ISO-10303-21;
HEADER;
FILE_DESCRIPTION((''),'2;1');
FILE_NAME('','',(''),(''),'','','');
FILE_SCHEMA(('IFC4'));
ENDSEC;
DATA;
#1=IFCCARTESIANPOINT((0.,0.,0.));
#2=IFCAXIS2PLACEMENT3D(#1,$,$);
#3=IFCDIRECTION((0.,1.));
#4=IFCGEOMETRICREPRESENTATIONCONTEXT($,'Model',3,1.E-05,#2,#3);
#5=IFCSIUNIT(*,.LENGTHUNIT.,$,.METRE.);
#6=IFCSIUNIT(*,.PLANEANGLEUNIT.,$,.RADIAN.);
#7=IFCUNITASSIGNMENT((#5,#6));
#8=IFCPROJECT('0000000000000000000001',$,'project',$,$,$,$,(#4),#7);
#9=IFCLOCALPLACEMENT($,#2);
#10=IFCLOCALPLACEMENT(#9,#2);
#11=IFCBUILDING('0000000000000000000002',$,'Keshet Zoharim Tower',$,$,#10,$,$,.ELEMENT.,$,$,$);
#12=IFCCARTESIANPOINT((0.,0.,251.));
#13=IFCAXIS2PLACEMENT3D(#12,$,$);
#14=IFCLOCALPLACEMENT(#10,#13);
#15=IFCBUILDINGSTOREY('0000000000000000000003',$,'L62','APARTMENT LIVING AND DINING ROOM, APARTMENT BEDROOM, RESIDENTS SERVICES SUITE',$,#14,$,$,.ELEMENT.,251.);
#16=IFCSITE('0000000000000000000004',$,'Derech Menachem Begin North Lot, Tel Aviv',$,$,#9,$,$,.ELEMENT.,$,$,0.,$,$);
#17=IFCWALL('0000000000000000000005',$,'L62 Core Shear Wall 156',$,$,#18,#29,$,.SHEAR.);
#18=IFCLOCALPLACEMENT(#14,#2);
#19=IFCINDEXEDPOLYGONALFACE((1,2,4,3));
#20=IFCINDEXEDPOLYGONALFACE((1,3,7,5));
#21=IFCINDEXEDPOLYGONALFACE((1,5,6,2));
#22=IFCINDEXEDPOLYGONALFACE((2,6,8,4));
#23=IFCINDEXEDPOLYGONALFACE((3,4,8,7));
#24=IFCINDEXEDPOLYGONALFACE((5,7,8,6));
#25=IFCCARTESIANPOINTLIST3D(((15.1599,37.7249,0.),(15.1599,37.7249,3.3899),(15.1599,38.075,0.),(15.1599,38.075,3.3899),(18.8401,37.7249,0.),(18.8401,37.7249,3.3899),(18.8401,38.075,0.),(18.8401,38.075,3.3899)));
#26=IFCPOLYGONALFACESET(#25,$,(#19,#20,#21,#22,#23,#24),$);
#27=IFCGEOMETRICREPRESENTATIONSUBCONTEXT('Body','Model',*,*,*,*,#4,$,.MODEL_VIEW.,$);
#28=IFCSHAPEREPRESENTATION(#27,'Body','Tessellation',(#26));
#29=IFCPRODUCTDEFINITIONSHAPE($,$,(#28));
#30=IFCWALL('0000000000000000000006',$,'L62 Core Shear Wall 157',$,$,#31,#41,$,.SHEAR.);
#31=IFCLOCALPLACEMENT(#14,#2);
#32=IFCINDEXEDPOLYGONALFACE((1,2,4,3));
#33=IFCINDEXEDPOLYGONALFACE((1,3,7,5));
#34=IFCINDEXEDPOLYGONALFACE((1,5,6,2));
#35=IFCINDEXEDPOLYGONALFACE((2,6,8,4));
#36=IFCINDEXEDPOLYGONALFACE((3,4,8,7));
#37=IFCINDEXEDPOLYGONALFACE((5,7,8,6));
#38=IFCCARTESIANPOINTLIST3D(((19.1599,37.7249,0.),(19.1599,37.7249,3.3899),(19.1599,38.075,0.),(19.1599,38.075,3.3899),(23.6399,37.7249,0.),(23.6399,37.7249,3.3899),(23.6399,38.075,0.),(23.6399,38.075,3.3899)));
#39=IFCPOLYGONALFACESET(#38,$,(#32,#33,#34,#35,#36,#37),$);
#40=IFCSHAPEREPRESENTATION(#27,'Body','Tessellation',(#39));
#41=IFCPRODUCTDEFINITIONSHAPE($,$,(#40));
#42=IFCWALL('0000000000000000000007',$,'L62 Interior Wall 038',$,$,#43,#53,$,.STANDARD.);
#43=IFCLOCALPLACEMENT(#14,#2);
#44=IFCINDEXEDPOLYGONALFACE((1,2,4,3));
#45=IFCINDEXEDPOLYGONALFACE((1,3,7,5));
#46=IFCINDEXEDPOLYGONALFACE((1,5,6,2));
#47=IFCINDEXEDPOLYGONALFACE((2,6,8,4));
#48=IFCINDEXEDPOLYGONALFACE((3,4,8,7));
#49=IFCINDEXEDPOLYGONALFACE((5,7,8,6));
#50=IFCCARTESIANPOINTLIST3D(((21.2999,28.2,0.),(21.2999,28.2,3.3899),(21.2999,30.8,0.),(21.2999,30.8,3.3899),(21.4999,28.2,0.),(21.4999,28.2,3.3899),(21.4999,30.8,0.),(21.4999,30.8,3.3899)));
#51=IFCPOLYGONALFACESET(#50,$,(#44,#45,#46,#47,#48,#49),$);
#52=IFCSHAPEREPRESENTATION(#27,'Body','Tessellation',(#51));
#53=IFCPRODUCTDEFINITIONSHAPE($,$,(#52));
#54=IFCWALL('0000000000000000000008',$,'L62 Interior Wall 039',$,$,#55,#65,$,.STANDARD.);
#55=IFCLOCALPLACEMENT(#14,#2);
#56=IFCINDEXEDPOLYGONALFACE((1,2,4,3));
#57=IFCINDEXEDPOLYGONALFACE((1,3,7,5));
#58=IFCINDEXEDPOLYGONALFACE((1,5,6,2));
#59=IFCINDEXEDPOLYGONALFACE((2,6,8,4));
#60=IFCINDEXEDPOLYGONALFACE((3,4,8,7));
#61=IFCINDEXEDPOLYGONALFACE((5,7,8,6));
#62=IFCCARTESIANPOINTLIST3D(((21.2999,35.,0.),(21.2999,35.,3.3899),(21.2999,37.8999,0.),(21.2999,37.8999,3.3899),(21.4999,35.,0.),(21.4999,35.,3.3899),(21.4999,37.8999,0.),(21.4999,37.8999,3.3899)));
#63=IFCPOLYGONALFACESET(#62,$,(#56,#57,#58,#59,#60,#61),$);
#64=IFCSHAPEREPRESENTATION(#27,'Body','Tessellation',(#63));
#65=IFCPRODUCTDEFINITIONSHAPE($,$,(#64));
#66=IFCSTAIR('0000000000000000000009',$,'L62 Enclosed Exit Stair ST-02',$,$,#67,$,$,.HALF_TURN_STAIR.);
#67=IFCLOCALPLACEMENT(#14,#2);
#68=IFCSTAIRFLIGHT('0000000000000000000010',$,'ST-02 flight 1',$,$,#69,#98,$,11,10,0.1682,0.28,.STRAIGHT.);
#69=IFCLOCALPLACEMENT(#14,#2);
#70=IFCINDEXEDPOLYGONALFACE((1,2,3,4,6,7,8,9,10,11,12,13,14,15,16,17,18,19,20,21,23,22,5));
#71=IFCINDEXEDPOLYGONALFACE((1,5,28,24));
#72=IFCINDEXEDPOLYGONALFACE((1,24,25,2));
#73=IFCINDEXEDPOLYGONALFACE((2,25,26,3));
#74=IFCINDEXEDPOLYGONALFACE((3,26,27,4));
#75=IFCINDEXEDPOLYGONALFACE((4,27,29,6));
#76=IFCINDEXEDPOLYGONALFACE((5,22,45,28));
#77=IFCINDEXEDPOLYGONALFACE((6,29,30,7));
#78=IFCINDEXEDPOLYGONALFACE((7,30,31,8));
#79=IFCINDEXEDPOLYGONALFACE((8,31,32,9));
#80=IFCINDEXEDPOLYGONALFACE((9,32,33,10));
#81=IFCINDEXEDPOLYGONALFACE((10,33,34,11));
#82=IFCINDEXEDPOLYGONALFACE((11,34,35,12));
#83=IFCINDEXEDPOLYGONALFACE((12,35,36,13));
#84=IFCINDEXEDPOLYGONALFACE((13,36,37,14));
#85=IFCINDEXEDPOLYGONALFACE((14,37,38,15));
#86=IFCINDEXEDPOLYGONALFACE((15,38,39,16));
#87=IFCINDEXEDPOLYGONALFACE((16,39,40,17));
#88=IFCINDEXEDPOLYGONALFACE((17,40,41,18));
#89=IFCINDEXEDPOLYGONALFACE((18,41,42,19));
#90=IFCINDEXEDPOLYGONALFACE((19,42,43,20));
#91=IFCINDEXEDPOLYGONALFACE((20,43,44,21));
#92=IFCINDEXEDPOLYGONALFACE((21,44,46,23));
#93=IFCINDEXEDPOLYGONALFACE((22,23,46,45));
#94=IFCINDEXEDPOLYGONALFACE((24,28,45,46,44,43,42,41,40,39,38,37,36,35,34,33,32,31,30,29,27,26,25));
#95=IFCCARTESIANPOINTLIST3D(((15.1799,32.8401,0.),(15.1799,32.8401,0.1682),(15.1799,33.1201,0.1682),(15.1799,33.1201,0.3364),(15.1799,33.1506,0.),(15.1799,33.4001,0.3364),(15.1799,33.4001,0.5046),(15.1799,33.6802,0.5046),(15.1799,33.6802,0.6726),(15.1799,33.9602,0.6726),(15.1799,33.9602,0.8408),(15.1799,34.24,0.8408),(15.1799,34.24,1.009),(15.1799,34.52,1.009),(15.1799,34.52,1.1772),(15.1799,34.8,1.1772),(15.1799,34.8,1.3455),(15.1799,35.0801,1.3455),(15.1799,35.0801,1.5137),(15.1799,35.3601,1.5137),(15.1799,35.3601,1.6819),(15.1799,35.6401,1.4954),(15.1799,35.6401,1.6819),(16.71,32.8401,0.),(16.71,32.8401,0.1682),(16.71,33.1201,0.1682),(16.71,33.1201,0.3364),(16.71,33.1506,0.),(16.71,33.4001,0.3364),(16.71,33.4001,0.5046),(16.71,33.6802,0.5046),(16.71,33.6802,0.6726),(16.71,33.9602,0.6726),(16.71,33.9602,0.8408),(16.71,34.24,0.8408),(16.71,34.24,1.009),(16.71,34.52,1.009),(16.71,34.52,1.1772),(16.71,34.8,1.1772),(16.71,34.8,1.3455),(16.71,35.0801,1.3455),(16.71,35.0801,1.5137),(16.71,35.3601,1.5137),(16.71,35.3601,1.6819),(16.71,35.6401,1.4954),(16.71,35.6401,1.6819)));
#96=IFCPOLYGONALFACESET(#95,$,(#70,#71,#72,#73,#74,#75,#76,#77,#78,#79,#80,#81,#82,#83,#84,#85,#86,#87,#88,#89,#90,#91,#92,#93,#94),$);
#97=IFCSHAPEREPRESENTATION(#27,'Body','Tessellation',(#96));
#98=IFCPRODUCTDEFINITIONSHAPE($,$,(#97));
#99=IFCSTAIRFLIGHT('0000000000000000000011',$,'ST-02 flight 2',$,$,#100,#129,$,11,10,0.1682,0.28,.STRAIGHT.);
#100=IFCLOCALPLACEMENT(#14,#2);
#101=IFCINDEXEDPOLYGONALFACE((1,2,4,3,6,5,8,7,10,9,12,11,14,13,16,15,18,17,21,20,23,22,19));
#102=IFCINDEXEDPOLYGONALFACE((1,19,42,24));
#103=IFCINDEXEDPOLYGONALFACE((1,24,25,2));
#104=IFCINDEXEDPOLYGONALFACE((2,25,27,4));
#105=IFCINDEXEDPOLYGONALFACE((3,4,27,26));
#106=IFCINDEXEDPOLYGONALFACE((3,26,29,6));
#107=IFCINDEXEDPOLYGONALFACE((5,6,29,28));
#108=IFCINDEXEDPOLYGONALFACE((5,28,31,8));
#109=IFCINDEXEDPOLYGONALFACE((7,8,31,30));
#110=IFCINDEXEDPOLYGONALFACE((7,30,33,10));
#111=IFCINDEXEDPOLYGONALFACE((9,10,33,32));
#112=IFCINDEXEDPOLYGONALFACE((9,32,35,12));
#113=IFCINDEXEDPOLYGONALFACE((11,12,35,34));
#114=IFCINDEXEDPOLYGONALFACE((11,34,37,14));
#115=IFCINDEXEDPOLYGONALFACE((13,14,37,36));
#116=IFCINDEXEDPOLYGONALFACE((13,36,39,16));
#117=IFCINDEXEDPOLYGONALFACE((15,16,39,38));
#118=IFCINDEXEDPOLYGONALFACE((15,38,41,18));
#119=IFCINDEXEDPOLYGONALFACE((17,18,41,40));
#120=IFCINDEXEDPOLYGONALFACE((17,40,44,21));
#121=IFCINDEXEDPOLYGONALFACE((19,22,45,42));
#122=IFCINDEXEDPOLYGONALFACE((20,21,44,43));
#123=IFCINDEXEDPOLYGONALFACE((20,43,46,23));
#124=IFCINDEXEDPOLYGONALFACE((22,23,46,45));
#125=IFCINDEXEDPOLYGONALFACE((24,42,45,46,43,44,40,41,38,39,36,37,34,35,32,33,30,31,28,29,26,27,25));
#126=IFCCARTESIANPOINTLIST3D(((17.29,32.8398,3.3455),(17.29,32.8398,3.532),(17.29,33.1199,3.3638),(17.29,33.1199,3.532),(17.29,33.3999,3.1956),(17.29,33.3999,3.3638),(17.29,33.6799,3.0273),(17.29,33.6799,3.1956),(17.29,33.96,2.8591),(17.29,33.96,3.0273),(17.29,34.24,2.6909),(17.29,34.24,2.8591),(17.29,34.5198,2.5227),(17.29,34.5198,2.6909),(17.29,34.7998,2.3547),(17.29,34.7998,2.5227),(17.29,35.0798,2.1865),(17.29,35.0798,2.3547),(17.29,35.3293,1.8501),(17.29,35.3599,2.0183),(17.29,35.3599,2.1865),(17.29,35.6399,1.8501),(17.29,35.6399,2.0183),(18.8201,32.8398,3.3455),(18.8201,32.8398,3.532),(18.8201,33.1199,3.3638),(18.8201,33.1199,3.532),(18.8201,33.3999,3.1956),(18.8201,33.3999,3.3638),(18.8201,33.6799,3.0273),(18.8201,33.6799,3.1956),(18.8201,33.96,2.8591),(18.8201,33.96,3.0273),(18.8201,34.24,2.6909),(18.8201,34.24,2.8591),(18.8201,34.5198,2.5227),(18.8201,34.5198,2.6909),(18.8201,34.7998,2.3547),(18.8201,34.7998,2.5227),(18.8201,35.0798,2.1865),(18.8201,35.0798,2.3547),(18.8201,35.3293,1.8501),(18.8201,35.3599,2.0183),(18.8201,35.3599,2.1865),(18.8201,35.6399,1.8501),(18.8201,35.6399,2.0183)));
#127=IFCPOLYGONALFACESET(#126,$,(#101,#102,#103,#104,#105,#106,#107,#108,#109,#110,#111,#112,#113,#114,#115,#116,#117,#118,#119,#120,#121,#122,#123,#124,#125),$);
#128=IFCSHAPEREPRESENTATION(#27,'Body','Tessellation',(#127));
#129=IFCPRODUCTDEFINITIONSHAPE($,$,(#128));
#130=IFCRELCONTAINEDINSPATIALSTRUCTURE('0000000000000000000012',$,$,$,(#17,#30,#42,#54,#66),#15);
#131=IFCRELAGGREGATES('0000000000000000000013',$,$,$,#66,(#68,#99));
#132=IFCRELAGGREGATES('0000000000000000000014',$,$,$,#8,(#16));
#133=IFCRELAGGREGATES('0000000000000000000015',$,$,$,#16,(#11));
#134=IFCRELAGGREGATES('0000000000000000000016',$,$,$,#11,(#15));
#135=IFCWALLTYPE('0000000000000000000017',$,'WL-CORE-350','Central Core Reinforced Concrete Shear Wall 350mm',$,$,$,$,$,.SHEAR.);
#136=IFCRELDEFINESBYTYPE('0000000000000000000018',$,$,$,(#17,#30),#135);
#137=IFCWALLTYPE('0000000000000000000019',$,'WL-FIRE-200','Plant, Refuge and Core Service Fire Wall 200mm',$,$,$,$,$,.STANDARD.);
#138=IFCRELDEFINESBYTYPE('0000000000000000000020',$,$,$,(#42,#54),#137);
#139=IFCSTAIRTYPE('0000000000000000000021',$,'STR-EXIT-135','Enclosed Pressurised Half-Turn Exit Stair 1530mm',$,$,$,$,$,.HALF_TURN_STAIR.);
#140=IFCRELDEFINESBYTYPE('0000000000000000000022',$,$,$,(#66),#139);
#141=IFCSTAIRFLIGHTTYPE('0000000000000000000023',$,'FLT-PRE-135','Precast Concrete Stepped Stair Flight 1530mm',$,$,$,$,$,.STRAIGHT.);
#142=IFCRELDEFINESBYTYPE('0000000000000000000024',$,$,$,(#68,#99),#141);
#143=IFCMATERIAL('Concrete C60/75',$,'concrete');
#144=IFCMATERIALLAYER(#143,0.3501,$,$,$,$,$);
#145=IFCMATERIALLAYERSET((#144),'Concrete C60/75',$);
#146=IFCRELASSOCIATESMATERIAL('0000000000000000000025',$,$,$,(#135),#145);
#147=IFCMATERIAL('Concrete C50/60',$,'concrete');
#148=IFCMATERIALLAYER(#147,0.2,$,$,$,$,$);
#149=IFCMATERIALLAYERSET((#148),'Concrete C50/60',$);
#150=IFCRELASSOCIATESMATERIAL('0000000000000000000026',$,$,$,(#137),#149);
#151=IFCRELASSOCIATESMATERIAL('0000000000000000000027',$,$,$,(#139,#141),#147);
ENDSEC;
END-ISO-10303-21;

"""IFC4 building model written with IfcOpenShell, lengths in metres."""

from ifc_helpers import new_model, si_unit, direction, frame, frame_2d, origin, place, context, subcontext, project, spatial, polyline, rectangle, outline, extrude, material, layer, layer_set, type_object, element, aggregate, save


model = new_model("IFC4")

# Units and contexts
model_context = context("Model", 3, precision=1e-05, world=origin(), true_north=direction((0.0, 1.0)))
body_context = subcontext(model_context, "Body", "Model", "MODEL_VIEW")
ifc_project = project(units=[si_unit("LENGTHUNIT", "METRE"), si_unit("PLANEANGLEUNIT", "RADIAN")], contexts=[model_context])

# Site, building, storey
site_placement = place(None, origin())
site = spatial("IfcSite", under=ifc_project, at=site_placement, Name="Derech Menachem Begin North Lot, Tel Aviv", CompositionType="ELEMENT", RefElevation=0.0)
building_placement = place(site_placement, origin())
building = spatial("IfcBuilding", under=site, at=building_placement, Name="Keshet Zoharim Tower", CompositionType="ELEMENT")
storey_placement = place(building_placement, frame((0.0, 0.0, 251.0)))
storey = spatial("IfcBuildingStorey", under=building, at=storey_placement, Name="L62", Description="APARTMENT LIVING AND DINING ROOM, APARTMENT BEDROOM, RESIDENTS SERVICES SUITE", CompositionType="ELEMENT", Elevation=251.0)

# Shared definitions
ifc_material_1 = material(Name="Concrete C60/75", Category="concrete")
ifc_layer_1 = layer(ifc_material_1, 0.3501)
ifc_layer_set_1 = layer_set([ifc_layer_1], Name="Concrete C60/75")
wall_type_1 = type_object("IfcWallType", Name="WL-CORE-350", Description="Central Core Reinforced Concrete Shear Wall 350mm", PredefinedType="SHEAR", material=ifc_layer_set_1)

# Walls
wall_1_placement = place(storey_placement, frame((15.1599, 37.8999, 0.0), z_axis=(0.0, 0.0, 1.0), x_axis=(1.0, 0.0, 0.0)))
element("IfcWall", 1, at=wall_1_placement, inside=storey, type_object=wall_type_1, Name="L62 Core Shear Wall 156", PredefinedType="SHEAR", context=body_context, shape_type="SweptSolid", body=[
    extrude(rectangle(XDim=3.6802, YDim=0.3501, at=frame_2d((1.8401, 0.0))), origin(), (0.0, 0.0, 1.0), 3.3899),
])
wall_2_placement = place(storey_placement, frame((19.1599, 37.8999, 0.0), z_axis=(0.0, 0.0, 1.0), x_axis=(1.0, 0.0, 0.0)))
element("IfcWall", 2, at=wall_2_placement, inside=storey, type_object=wall_type_1, Name="L62 Core Shear Wall 157", PredefinedType="SHEAR", context=body_context, shape_type="SweptSolid", body=[
    extrude(rectangle(XDim=4.48, YDim=0.3501, at=frame_2d((2.24, 0.0))), origin(), (0.0, 0.0, 1.0), 3.3899),
])
ifc_material_2 = material(Name="Concrete C50/60", Category="concrete")
ifc_layer_2 = layer(ifc_material_2, 0.2)
ifc_layer_set_2 = layer_set([ifc_layer_2], Name="Concrete C50/60")
wall_type_2 = type_object("IfcWallType", Name="WL-FIRE-200", Description="Plant, Refuge and Core Service Fire Wall 200mm", PredefinedType="STANDARD", material=ifc_layer_set_2)
wall_3_placement = place(storey_placement, frame((21.3999, 28.2, 0.0), z_axis=(0.0, 0.0, 1.0), x_axis=(0.0, 1.0, 0.0)))
element("IfcWall", 3, at=wall_3_placement, inside=storey, type_object=wall_type_2, Name="L62 Interior Wall 038", PredefinedType="STANDARD", context=body_context, shape_type="SweptSolid", body=[
    extrude(rectangle(XDim=2.6001, YDim=0.2, at=frame_2d((1.3, 0.0))), origin(), (0.0, 0.0, 1.0), 3.3899),
])
wall_4_placement = place(storey_placement, frame((21.3999, 35.0, 0.0), z_axis=(0.0, 0.0, 1.0), x_axis=(0.0, 1.0, 0.0)))
element("IfcWall", 4, at=wall_4_placement, inside=storey, type_object=wall_type_2, Name="L62 Interior Wall 039", PredefinedType="STANDARD", context=body_context, shape_type="SweptSolid", body=[
    extrude(rectangle(XDim=2.8999, YDim=0.2, at=frame_2d((1.45, 0.0))), origin(), (0.0, 0.0, 1.0), 3.3899),
])

# Stair, stair flights
stair_type = type_object("IfcStairType", Name="STR-EXIT-135", Description="Enclosed Pressurised Half-Turn Exit Stair 1530mm", PredefinedType="HALF_TURN_STAIR", material=ifc_material_2)
stair_placement = place(storey_placement, origin())
stair = element("IfcStair", 5, at=stair_placement, inside=storey, type_object=stair_type, Name="L62 Enclosed Exit Stair ST-02", PredefinedType="HALF_TURN_STAIR")
stair_flight_type = type_object("IfcStairFlightType", Name="FLT-PRE-135", Description="Precast Concrete Stepped Stair Flight 1530mm", PredefinedType="STRAIGHT", material=ifc_material_2)
stair_flight_1_placement = place(storey_placement, frame((15.9451, 32.8401, 0.0), z_axis=(0.0, 0.0, 1.0), x_axis=(0.0, 1.0, 0.0)))
stair_flight_1 = element("IfcStairFlight", 6, at=stair_flight_1_placement, type_object=stair_flight_type, Name="ST-02 flight 1", NumberOfRisers=11, NumberOfTreads=10, PredefinedType="STRAIGHT", RiserHeight=0.1682, TreadLength=0.28, context=body_context, shape_type="SweptSolid", body=[
    extrude(outline(polyline([(0.0, 0.0), (0.0, 0.1682), (0.28, 0.1682), (0.28, 0.3364), (0.5601, 0.3364), (0.5601, 0.5046), (0.8401, 0.5046), (0.8401, 0.6726), (1.1201, 0.6726), (1.1201, 0.8408), (1.3999, 0.8408), (1.3999, 1.009), (1.6799, 1.009), (1.6799, 1.1772), (1.96, 1.1772), (1.96, 1.3455), (2.24, 1.3455), (2.24, 1.5137), (2.52, 1.5137), (2.52, 1.6819), (2.8, 1.6819), (2.8, 1.8501), (2.8, 1.4954), (0.3105, 0.0), (0.0, 0.0)])), frame((0.0, 0.7651, 0.0), z_axis=(0.0, -1.0, 0.0), x_axis=(1.0, 0.0, 0.0)), (0.0, 0.0, 1.0), 1.53),
])
stair_flight_2_placement = place(storey_placement, frame((18.0549, 35.6399, 1.8501), z_axis=(0.0, 0.0, 1.0), x_axis=(0.0, -1.0, 0.0)))
stair_flight_2 = element("IfcStairFlight", 7, at=stair_flight_2_placement, type_object=stair_flight_type, Name="ST-02 flight 2", NumberOfRisers=11, NumberOfTreads=10, PredefinedType="STRAIGHT", RiserHeight=0.1682, TreadLength=0.28, context=body_context, shape_type="SweptSolid", body=[
    extrude(outline(polyline([(0.0, 0.0), (0.0, 0.1682), (0.28, 0.1682), (0.28, 0.3364), (0.5601, 0.3364), (0.5601, 0.5046), (0.8401, 0.5046), (0.8401, 0.6726), (1.1201, 0.6726), (1.1201, 0.8408), (1.3999, 0.8408), (1.3999, 1.009), (1.6799, 1.009), (1.6799, 1.1772), (1.96, 1.1772), (1.96, 1.3455), (2.24, 1.3455), (2.24, 1.5137), (2.52, 1.5137), (2.52, 1.6819), (2.8, 1.6819), (2.8, 1.8501), (2.8, 1.4954), (0.3105, 0.0), (0.0, 0.0)])), frame((0.0, 0.7651, 0.0), z_axis=(0.0, -1.0, 0.0), x_axis=(1.0, 0.0, 0.0)), (0.0, 0.0, 1.0), 1.53),
])
aggregate(stair, [stair_flight_1, stair_flight_2])

save(model, "model.ifc")
